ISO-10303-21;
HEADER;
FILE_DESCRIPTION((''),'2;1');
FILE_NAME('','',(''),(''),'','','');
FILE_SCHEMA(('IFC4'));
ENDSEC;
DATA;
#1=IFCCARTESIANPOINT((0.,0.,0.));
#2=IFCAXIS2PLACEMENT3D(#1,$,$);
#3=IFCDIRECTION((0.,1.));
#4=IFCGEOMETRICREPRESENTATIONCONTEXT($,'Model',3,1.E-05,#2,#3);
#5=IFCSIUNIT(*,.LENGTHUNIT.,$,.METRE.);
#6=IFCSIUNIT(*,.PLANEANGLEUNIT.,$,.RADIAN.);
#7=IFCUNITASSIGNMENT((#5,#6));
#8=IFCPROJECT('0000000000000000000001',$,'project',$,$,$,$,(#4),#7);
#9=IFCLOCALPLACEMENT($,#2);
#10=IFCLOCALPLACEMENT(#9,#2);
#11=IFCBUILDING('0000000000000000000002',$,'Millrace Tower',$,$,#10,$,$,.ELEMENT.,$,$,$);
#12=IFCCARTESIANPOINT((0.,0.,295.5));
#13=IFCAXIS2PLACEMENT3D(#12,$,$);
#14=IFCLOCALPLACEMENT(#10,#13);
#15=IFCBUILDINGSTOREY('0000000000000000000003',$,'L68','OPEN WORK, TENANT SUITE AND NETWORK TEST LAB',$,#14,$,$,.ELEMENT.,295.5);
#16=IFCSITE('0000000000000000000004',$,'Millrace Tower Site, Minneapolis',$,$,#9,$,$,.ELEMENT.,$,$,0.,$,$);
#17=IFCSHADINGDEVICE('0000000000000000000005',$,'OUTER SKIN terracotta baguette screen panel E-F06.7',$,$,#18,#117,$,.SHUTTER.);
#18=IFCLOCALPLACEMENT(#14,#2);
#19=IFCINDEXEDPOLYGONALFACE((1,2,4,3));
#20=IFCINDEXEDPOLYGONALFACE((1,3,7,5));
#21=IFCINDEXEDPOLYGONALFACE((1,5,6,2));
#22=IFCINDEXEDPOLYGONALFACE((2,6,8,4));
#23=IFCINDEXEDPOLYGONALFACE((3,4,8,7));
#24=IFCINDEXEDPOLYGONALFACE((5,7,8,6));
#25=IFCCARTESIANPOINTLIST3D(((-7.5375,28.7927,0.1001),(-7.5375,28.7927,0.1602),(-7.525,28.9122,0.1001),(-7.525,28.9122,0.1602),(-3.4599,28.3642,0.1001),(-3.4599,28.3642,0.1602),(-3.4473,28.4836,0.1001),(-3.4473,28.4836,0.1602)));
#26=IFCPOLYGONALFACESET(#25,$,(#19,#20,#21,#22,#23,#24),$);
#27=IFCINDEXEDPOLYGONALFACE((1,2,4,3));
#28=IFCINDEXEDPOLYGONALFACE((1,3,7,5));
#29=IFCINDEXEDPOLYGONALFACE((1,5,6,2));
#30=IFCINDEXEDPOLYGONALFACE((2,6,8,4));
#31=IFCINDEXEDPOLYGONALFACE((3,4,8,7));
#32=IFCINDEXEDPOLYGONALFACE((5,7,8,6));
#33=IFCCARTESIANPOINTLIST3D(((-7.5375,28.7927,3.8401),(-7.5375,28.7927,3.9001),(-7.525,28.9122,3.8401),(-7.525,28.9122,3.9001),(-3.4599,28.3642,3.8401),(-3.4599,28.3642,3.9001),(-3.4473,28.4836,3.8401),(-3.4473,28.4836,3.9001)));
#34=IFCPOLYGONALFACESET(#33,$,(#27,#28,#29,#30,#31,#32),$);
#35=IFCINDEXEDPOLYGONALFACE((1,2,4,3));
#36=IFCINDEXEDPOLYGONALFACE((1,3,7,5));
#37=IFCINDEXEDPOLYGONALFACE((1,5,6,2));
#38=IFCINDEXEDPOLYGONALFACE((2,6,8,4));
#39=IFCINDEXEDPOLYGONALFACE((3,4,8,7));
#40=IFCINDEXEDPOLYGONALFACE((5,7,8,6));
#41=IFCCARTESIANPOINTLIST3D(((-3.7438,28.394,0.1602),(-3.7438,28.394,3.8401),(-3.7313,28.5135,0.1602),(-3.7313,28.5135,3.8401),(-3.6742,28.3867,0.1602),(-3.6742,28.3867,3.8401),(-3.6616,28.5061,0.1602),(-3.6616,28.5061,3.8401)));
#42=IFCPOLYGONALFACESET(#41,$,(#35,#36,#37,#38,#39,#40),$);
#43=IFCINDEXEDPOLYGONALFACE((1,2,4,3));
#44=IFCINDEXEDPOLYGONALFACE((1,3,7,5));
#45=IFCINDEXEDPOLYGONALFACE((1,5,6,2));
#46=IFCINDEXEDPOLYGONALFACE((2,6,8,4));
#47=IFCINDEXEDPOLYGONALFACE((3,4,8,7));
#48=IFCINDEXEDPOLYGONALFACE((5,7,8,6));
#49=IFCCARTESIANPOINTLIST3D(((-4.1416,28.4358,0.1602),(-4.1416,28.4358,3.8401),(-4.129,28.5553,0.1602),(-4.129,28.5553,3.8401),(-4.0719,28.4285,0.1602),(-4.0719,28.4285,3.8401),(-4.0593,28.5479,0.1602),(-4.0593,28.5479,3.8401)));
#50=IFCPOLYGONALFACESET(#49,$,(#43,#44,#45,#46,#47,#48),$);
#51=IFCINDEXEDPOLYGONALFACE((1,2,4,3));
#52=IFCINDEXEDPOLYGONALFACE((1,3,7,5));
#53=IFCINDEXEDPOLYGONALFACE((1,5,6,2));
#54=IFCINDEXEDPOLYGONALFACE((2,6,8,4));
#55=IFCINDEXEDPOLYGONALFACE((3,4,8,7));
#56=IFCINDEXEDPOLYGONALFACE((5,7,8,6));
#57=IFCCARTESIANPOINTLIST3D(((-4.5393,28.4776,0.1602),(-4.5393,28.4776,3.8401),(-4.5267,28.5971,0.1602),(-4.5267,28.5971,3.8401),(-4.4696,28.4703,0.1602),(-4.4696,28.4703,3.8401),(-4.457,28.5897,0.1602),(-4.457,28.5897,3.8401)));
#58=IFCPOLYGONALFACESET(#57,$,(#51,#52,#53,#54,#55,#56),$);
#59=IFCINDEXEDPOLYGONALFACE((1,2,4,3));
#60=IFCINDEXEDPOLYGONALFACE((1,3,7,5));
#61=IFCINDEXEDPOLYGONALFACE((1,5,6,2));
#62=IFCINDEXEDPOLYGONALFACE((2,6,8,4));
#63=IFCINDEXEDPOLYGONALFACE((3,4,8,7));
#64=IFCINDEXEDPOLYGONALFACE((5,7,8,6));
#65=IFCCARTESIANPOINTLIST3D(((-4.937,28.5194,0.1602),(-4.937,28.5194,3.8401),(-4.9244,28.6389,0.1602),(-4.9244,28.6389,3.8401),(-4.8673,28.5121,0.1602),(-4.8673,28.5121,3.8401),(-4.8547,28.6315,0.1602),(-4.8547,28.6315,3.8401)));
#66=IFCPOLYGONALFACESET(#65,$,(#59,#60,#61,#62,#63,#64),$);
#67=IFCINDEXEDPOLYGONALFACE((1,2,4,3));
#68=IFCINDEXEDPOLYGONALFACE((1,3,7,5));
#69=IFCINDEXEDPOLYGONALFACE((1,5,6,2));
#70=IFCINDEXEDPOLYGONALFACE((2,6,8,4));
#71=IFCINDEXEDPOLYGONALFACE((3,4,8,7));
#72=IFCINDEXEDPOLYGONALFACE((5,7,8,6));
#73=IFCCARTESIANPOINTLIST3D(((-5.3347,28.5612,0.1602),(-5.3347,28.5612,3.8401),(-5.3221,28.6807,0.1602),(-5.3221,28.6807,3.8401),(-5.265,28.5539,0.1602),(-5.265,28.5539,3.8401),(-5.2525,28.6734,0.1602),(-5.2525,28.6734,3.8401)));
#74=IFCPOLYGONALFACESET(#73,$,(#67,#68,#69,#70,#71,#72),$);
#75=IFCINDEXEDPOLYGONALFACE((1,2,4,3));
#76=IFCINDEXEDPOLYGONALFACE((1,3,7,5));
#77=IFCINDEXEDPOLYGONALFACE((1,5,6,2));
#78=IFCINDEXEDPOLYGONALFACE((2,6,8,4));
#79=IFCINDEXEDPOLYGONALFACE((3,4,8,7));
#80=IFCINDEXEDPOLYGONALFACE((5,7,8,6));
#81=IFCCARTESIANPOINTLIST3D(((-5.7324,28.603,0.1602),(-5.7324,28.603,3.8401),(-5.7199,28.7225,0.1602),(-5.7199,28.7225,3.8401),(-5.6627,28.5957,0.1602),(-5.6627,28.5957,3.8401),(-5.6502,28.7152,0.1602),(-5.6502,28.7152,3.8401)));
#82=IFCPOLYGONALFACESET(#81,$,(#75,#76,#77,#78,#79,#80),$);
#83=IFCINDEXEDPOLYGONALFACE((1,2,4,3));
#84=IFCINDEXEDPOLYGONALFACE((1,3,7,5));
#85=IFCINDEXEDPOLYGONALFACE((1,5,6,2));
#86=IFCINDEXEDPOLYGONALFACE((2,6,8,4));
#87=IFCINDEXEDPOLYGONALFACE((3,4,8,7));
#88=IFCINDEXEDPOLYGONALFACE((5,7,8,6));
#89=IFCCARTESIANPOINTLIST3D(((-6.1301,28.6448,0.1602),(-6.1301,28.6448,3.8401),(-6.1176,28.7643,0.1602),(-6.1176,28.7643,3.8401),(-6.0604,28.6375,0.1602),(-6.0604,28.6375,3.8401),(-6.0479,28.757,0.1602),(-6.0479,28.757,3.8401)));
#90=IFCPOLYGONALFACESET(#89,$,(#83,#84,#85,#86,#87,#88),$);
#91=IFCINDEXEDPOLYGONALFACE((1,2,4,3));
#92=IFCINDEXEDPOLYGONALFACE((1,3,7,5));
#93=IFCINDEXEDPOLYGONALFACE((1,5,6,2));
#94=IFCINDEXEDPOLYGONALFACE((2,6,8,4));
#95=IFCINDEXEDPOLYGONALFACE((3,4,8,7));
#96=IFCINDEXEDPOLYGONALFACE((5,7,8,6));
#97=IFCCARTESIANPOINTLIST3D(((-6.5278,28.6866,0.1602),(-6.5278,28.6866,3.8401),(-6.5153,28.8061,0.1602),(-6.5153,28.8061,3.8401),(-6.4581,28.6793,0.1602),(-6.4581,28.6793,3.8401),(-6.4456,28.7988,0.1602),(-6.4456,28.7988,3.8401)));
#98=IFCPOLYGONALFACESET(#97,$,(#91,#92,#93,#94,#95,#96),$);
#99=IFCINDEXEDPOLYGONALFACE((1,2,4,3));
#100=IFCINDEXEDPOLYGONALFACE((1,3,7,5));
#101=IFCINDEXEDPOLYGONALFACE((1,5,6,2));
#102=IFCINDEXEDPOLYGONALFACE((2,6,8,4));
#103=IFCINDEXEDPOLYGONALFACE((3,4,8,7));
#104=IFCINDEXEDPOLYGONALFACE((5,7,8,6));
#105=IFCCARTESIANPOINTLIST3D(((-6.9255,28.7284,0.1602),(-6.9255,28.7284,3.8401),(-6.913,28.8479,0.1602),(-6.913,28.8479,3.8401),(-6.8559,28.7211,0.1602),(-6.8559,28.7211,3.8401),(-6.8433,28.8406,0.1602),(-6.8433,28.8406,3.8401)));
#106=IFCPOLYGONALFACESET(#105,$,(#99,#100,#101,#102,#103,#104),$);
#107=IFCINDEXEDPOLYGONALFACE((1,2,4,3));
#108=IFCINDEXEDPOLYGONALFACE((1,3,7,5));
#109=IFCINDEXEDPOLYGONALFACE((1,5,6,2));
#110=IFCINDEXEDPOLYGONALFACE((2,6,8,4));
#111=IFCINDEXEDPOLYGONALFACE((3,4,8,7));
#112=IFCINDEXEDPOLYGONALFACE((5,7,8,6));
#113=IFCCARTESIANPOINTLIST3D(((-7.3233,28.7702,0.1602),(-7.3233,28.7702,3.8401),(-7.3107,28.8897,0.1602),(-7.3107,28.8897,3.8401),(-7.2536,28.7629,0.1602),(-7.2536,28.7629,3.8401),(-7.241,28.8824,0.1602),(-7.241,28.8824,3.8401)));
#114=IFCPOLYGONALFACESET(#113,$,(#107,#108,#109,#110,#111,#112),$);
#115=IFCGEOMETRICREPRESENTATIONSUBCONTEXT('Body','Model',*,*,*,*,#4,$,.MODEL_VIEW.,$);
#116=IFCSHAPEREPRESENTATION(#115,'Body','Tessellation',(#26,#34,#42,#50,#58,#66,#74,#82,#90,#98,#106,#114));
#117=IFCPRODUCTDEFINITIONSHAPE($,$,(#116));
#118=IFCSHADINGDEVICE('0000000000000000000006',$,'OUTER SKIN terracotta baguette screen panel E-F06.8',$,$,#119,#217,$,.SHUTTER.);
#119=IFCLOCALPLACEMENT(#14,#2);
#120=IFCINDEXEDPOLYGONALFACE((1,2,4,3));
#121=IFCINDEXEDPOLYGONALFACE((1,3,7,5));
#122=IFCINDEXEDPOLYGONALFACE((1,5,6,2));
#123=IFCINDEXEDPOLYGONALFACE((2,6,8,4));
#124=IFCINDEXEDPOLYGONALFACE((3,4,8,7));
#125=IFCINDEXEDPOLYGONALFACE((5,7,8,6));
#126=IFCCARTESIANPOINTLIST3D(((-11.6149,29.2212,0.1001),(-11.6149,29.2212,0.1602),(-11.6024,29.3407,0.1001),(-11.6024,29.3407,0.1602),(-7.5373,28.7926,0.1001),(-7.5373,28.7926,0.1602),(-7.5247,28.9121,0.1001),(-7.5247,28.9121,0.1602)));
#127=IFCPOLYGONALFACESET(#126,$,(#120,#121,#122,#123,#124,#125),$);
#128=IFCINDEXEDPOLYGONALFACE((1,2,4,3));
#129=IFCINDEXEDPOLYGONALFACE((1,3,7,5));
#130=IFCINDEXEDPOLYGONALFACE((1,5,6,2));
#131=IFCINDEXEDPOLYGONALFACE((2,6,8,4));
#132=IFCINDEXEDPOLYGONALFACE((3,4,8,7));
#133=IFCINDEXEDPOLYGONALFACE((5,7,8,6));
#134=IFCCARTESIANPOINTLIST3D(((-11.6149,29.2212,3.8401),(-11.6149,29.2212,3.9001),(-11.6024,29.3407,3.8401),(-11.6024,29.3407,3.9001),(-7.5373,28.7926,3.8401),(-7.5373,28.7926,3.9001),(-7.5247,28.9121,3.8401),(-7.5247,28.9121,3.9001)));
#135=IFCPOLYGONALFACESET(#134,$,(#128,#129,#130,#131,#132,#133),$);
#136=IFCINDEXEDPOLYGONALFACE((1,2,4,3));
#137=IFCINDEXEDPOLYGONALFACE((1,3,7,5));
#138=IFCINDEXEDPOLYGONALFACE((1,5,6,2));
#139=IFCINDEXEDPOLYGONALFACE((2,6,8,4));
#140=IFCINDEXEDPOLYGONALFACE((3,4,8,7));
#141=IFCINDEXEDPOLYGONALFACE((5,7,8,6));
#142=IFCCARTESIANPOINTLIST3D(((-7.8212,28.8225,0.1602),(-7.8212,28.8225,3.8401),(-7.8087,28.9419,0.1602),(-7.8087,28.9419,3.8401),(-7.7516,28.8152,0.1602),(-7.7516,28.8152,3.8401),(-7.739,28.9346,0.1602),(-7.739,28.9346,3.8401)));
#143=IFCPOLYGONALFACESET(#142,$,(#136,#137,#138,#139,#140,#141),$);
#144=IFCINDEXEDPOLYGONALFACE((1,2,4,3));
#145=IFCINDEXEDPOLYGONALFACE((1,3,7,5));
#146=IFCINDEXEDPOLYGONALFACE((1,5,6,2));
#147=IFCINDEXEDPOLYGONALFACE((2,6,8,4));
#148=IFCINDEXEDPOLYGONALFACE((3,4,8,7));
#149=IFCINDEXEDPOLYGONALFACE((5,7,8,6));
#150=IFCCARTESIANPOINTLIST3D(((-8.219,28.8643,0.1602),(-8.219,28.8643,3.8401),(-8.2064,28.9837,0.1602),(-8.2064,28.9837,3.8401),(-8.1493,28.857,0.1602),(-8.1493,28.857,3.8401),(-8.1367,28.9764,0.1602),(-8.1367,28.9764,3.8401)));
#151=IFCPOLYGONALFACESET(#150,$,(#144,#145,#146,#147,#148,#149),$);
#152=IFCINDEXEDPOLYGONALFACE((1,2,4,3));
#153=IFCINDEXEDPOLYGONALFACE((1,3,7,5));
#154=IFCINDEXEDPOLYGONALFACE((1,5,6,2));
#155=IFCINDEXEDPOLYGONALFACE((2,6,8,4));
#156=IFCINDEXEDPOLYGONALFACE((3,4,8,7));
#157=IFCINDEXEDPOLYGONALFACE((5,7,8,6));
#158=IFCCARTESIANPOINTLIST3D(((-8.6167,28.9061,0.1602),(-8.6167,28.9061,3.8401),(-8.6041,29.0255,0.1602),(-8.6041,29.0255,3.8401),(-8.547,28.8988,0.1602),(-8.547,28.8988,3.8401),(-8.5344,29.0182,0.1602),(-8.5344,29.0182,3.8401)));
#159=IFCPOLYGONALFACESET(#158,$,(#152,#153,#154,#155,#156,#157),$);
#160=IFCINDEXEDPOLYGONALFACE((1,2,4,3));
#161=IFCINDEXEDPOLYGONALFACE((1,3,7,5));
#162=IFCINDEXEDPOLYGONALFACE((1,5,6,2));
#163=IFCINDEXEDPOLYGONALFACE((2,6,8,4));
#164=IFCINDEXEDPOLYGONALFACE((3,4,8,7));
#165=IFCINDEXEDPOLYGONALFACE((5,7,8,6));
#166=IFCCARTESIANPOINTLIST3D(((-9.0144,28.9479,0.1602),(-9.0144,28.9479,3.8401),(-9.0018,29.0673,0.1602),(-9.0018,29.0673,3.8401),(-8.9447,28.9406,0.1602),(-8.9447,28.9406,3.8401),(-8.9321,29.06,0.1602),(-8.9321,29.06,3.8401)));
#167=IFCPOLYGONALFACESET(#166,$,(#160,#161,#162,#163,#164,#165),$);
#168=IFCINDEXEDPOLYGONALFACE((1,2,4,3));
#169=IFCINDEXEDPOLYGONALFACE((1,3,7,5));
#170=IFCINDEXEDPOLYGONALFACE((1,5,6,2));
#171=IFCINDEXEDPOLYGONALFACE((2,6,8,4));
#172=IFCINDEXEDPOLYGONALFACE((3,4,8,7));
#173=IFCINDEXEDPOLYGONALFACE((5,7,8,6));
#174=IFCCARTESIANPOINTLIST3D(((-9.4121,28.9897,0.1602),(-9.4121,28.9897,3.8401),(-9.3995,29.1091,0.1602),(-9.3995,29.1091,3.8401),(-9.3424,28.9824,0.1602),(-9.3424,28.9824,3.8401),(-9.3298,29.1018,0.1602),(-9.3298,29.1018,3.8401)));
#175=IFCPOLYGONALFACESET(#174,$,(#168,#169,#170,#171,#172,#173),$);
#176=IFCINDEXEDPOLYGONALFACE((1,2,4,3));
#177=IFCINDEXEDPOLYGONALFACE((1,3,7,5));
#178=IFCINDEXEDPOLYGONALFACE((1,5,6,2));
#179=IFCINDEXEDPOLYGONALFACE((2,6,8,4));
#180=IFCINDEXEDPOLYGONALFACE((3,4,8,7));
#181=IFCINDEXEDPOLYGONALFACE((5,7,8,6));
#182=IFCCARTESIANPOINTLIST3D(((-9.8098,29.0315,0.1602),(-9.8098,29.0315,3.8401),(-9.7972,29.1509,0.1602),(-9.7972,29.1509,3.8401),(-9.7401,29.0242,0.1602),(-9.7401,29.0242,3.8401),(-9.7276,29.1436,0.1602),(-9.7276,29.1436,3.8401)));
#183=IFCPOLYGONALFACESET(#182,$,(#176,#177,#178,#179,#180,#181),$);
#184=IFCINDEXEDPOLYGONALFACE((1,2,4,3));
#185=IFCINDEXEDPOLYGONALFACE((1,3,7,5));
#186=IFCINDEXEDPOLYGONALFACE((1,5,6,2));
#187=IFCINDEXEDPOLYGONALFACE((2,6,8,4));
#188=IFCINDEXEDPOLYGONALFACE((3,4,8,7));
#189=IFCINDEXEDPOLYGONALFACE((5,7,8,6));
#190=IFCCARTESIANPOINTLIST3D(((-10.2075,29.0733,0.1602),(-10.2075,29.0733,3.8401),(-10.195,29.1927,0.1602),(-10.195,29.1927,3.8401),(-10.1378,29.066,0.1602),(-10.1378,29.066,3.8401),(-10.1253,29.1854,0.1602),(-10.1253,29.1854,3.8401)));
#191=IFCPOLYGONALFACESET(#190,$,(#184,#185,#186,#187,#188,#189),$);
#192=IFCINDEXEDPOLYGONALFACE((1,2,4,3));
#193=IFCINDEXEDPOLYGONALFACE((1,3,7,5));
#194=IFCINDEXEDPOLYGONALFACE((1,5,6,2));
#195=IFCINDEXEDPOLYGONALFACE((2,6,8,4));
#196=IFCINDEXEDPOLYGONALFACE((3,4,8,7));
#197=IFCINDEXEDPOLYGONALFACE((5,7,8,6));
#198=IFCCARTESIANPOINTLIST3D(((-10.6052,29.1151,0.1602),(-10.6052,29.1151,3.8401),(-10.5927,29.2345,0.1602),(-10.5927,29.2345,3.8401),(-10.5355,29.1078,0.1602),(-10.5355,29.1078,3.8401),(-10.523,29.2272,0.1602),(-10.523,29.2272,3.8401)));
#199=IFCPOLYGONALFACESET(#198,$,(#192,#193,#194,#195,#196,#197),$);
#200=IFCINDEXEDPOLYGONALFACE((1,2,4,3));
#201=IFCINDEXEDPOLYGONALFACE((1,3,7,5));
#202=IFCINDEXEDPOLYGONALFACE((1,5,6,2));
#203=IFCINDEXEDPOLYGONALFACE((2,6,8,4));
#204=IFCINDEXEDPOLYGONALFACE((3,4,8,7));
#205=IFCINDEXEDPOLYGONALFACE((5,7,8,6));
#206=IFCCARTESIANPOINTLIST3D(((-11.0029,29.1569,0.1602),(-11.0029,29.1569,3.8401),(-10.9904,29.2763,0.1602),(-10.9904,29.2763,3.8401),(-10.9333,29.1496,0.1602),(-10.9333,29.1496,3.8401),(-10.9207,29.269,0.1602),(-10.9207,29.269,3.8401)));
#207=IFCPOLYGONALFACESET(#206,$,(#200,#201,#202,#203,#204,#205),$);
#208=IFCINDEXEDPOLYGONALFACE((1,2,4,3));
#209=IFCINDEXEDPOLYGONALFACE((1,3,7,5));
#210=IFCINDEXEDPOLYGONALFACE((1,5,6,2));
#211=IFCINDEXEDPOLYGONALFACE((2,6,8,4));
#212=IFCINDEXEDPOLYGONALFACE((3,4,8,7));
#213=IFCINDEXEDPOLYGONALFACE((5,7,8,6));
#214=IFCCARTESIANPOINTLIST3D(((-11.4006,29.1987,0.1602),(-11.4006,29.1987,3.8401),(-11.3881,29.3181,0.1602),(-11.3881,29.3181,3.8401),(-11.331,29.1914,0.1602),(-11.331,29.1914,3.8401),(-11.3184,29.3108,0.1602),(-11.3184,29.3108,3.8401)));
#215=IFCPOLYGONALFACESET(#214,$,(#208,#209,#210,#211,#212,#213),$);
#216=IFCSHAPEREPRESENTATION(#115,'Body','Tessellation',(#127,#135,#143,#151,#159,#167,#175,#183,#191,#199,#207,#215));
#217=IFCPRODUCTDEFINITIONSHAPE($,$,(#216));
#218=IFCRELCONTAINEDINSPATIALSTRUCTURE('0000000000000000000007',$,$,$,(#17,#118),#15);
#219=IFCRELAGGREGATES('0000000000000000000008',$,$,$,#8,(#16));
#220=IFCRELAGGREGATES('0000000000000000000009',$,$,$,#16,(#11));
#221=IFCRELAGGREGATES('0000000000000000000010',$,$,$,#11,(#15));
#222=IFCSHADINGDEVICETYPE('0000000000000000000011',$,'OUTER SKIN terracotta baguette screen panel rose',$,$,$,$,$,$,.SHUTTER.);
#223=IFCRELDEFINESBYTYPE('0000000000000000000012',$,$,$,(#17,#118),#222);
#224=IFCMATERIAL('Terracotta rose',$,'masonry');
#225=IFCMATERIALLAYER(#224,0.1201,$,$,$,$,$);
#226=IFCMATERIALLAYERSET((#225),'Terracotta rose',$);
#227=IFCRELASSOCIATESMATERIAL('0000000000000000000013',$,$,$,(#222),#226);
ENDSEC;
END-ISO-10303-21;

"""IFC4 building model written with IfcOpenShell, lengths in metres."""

from ifc_helpers import new_model, entity, si_unit, direction, frame, frame_2d, origin, place, context, subcontext, project, spatial, rectangle, extrude, source, transform, mapped, material, layer, layer_set, type_object, element, save


model = new_model("IFC4")

# Units and contexts
model_context = context("Model", 3, precision=1e-05, world=origin(), true_north=direction((0.0, 1.0)))
body_context = subcontext(model_context, "Body", "Model", "MODEL_VIEW")
ifc_project = project(units=[si_unit("LENGTHUNIT", "METRE"), si_unit("PLANEANGLEUNIT", "RADIAN")], contexts=[model_context])

# Site, building, storey
site_placement = place(None, origin())
site = spatial("IfcSite", under=ifc_project, at=site_placement, Name="Millrace Tower Site, Minneapolis", CompositionType="ELEMENT", RefElevation=0.0)
building_placement = place(site_placement, origin())
building = spatial("IfcBuilding", under=site, at=building_placement, Name="Millrace Tower", CompositionType="ELEMENT")
storey_placement = place(building_placement, frame((0.0, 0.0, 295.5)))
storey = spatial("IfcBuildingStorey", under=building, at=storey_placement, Name="L68", Description="OPEN WORK, TENANT SUITE AND NETWORK TEST LAB", CompositionType="ELEMENT", Elevation=295.5)

# Shading devices
ifc_material_1 = material(Name="Terracotta rose", Category="masonry")
ifc_layer_1 = layer(ifc_material_1, 0.1201)
ifc_layer_set_1 = layer_set([ifc_layer_1], Name="Terracotta rose")
shading_device_type = type_object("IfcShadingDeviceType", Name="OUTER SKIN terracotta baguette screen panel rose", PredefinedType="SHUTTER", material=ifc_layer_set_1)
cartesian_point_1 = entity("IfcCartesianPoint", [-2.05, 0.0601])
shared_polyline_1 = entity("IfcPolyline", [cartesian_point_1, entity("IfcCartesianPoint", [2.05, 0.0601]), entity("IfcCartesianPoint", [2.05, -0.0601]), entity("IfcCartesianPoint", [-2.05, -0.0601]), cartesian_point_1])
shared_shape_1 = source(origin(), body_context, "Body", "SweptSolid", [
    entity("IfcExtrudedAreaSolid", entity("IfcArbitraryClosedProfileDef", "AREA", None, shared_polyline_1), entity("IfcAxis2Placement3D", entity("IfcCartesianPoint", [0.0, 0.0, 0.0])), entity("IfcDirection", [0.0, 0.0, 1.0]), 0.0601),
    entity("IfcExtrudedAreaSolid", entity("IfcArbitraryClosedProfileDef", "AREA", None, shared_polyline_1), entity("IfcAxis2Placement3D", entity("IfcCartesianPoint", [0.0, 0.0, 3.74])), entity("IfcDirection", [0.0, 0.0, 1.0]), 0.0601),
    extrude(rectangle(XDim=0.0701, YDim=0.1201, at=frame_2d((-1.7996, 0.0))), frame((0.0, 0.0, 0.0601)), (0.0, 0.0, 1.0), 3.6799),
    extrude(rectangle(XDim=0.0701, YDim=0.1201, at=frame_2d((-1.3997, 0.0))), frame((0.0, 0.0, 0.0601)), (0.0, 0.0, 1.0), 3.6799),
    extrude(rectangle(XDim=0.0701, YDim=0.1201, at=frame_2d((-0.9998, 0.0))), frame((0.0, 0.0, 0.0601)), (0.0, 0.0, 1.0), 3.6799),
    extrude(rectangle(XDim=0.0701, YDim=0.1201, at=frame_2d((-0.5999, 0.0))), frame((0.0, 0.0, 0.0601)), (0.0, 0.0, 1.0), 3.6799),
    extrude(rectangle(XDim=0.0701, YDim=0.1201, at=frame_2d((-0.2, 0.0))), frame((0.0, 0.0, 0.0601)), (0.0, 0.0, 1.0), 3.6799),
    extrude(rectangle(XDim=0.0701, YDim=0.1201, at=frame_2d((0.2, 0.0))), frame((0.0, 0.0, 0.0601)), (0.0, 0.0, 1.0), 3.6799),
    extrude(rectangle(XDim=0.0701, YDim=0.1201, at=frame_2d((0.5999, 0.0))), frame((0.0, 0.0, 0.0601)), (0.0, 0.0, 1.0), 3.6799),
    extrude(rectangle(XDim=0.0701, YDim=0.1201, at=frame_2d((0.9998, 0.0))), frame((0.0, 0.0, 0.0601)), (0.0, 0.0, 1.0), 3.6799),
    extrude(rectangle(XDim=0.0701, YDim=0.1201, at=frame_2d((1.3997, 0.0))), frame((0.0, 0.0, 0.0601)), (0.0, 0.0, 1.0), 3.6799),
    extrude(rectangle(XDim=0.0701, YDim=0.1201, at=frame_2d((1.7996, 0.0))), frame((0.0, 0.0, 0.0601)), (0.0, 0.0, 1.0), 3.6799),
])
for number, where, z_axis, x_axis, name in (
    (1, (-5.4924, 28.6382, 0.1001), (0.0, 0.0, 1.0), (-0.994522, 0.104528, 0.0), "OUTER SKIN terracotta baguette screen panel E-F06.7"),
    (2, (-9.5698, 29.0667, 0.1001), (0.0, 0.0, 1.0), (-0.994522, 0.104528, 0.0), "OUTER SKIN terracotta baguette screen panel E-F06.8"),
):
    element("IfcShadingDevice", number, at=place(storey_placement, frame(where, z_axis=z_axis, x_axis=x_axis)), inside=storey, type_object=shading_device_type, Name=name, PredefinedType="SHUTTER", context=body_context, shape_type="MappedRepresentation", body=[
        mapped(shared_shape_1, transform((0.0, 0.0, 0.0), scale=1.0)),
    ])

save(model, "model.ifc")
